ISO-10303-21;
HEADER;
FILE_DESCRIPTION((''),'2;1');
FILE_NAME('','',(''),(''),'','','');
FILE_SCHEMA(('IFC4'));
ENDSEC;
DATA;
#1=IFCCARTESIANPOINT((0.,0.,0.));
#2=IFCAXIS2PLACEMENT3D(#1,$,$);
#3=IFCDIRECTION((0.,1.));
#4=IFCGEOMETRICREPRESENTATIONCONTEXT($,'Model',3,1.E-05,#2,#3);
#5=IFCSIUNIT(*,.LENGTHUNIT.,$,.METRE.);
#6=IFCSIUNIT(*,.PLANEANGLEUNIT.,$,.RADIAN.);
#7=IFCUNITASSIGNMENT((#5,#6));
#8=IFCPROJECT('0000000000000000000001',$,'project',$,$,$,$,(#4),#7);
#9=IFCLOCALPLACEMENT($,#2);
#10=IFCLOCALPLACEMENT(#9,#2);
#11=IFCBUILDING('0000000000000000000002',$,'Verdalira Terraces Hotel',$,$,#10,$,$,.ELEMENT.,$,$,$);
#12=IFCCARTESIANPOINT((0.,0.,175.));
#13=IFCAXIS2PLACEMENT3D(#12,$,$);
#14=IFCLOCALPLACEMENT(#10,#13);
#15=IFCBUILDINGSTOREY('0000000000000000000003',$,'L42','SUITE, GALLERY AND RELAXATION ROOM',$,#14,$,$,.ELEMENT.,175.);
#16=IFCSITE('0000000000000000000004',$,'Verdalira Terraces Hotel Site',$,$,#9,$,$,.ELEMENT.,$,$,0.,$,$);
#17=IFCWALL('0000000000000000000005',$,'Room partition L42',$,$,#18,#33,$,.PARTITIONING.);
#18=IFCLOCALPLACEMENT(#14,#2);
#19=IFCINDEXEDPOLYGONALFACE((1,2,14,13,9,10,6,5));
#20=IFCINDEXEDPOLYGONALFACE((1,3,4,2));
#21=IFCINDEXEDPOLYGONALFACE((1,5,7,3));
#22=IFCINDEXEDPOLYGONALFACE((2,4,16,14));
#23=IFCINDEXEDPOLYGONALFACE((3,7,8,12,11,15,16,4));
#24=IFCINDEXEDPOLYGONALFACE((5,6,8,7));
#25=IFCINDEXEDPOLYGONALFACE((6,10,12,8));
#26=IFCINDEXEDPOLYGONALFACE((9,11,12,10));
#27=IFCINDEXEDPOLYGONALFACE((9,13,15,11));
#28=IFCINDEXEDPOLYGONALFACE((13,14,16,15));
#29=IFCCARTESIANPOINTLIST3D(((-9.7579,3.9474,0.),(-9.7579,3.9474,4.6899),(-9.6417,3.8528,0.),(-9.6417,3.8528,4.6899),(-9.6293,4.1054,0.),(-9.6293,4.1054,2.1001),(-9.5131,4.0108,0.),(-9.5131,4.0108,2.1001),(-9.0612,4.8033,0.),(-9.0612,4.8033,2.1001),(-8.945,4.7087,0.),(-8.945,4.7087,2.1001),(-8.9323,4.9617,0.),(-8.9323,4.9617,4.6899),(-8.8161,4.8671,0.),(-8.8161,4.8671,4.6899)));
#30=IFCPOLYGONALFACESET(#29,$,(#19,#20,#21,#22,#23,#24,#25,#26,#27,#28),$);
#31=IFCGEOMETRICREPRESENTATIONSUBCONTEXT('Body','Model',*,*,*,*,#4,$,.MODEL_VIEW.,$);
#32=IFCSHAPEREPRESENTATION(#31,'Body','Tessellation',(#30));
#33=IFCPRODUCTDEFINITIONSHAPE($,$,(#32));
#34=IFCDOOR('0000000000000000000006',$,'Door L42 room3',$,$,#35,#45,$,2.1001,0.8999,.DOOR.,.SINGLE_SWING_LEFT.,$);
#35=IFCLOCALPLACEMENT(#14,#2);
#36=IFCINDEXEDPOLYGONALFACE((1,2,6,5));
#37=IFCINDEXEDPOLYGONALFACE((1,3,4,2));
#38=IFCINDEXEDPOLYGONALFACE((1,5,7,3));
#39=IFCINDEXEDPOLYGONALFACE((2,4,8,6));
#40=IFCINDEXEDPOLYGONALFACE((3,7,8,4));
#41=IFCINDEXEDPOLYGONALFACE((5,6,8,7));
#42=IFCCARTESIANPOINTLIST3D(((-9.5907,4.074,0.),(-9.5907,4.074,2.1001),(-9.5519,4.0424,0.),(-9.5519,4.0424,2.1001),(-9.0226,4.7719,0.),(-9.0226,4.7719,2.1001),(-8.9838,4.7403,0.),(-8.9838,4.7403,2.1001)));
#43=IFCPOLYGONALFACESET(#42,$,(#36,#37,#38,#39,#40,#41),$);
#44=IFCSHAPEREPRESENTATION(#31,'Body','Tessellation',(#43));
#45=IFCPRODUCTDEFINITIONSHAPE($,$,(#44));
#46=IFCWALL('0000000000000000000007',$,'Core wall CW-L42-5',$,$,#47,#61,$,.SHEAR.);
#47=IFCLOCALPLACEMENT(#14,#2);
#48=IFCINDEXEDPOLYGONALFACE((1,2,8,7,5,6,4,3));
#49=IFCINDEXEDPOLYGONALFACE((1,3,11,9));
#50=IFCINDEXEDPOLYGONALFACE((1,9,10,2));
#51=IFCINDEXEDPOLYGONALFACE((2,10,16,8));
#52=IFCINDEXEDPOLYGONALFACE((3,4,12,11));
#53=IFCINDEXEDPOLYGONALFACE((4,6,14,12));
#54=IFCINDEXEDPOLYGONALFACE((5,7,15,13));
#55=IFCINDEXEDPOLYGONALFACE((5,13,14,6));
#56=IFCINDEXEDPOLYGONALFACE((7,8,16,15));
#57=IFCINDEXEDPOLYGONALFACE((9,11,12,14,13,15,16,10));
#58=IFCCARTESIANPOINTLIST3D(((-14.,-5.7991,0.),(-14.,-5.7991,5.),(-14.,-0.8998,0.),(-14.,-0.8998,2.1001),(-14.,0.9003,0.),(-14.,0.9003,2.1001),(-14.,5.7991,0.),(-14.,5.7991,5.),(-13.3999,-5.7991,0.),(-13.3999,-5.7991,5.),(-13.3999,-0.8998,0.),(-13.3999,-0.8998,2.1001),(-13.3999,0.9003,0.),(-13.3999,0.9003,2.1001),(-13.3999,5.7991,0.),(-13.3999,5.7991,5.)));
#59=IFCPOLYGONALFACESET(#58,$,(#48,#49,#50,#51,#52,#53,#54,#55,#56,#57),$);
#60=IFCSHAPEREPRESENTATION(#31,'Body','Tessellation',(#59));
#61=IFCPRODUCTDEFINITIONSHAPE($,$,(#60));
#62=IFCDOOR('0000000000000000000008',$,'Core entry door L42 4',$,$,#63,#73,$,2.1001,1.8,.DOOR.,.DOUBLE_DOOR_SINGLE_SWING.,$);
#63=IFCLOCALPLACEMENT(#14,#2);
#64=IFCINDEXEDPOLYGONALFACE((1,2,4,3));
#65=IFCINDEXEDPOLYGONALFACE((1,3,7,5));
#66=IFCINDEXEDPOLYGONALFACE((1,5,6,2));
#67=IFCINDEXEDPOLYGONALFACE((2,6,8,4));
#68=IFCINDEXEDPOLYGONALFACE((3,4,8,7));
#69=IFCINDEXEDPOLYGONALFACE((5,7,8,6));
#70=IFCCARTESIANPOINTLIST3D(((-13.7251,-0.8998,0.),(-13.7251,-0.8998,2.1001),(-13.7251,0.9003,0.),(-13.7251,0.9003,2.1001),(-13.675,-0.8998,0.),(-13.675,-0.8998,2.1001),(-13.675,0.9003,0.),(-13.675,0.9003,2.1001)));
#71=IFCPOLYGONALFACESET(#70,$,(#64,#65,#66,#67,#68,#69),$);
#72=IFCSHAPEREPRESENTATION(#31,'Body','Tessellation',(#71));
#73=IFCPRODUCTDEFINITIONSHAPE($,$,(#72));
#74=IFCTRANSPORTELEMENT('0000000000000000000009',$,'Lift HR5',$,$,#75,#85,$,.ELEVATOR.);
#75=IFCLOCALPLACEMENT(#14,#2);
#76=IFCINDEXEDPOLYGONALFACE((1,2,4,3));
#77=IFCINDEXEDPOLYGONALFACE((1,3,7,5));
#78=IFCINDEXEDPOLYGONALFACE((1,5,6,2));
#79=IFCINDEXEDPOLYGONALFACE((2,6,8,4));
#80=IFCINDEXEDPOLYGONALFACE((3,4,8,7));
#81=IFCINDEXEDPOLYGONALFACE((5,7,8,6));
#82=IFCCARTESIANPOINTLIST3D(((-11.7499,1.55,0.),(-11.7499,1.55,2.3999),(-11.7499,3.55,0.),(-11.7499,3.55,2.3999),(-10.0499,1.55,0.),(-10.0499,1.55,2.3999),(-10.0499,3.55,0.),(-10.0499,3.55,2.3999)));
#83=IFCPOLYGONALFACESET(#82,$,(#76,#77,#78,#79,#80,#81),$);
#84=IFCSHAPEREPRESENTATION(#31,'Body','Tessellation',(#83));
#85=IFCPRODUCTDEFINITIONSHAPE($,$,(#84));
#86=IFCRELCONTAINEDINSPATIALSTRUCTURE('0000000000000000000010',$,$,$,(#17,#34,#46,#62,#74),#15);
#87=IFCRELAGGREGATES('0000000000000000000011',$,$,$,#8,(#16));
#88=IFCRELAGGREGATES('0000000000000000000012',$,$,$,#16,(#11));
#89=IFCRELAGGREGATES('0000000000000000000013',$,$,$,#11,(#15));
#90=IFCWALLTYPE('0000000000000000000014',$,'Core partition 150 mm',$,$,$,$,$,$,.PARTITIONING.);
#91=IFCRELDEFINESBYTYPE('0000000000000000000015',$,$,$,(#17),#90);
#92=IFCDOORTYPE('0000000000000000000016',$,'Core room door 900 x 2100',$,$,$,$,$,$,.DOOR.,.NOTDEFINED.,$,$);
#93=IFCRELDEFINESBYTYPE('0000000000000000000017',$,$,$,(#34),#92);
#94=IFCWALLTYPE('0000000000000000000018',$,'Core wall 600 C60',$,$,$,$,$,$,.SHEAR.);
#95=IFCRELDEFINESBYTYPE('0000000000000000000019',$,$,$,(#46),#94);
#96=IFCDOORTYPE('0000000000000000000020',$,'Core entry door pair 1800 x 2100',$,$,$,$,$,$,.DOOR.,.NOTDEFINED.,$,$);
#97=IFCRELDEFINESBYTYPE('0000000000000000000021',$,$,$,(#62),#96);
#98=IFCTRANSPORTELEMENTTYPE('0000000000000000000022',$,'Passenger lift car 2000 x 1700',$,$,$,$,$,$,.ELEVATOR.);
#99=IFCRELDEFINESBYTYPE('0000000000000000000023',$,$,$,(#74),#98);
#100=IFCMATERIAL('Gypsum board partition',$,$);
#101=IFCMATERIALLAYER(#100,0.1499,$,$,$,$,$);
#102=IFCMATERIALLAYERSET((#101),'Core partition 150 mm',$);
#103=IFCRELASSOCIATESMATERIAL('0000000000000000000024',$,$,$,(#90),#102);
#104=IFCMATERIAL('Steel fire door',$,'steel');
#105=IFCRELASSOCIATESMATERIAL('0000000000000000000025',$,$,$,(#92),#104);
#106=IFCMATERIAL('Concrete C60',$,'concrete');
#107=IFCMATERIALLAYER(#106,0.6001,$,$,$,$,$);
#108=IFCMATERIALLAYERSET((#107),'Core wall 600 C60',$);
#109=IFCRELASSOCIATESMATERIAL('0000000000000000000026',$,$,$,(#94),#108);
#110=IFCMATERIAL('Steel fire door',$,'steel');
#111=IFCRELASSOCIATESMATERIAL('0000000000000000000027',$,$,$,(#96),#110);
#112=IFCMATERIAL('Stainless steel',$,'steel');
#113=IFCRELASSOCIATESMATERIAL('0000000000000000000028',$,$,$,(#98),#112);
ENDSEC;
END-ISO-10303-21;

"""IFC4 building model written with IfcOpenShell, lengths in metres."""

from ifc_helpers import new_model, si_unit, direction, frame, frame_2d, origin, origin_2d, place, context, subcontext, project, spatial, rectangle, extrude, material, layer, layer_set, type_object, element, fill, save


model = new_model("IFC4")

# Units and contexts
model_context = context("Model", 3, precision=1e-05, world=origin(), true_north=direction((0.0, 1.0)))
body_context = subcontext(model_context, "Body", "Model", "MODEL_VIEW")
ifc_project = project(units=[si_unit("LENGTHUNIT", "METRE"), si_unit("PLANEANGLEUNIT", "RADIAN")], contexts=[model_context])

# Site, building, storey
site_placement = place(None, origin())
site = spatial("IfcSite", under=ifc_project, at=site_placement, Name="Verdalira Terraces Hotel Site", CompositionType="ELEMENT", RefElevation=0.0)
building_placement = place(site_placement, origin())
building = spatial("IfcBuilding", under=site, at=building_placement, Name="Verdalira Terraces Hotel", CompositionType="ELEMENT")
storey_placement = place(building_placement, frame((0.0, 0.0, 175.0)))
storey = spatial("IfcBuildingStorey", under=building, at=storey_placement, Name="L42", Description="SUITE, GALLERY AND RELAXATION ROOM", CompositionType="ELEMENT", Elevation=175.0)

# Walls, openings, doors
ifc_material_1 = material(Name="Gypsum board partition")
ifc_layer_1 = layer(ifc_material_1, 0.1499)
ifc_layer_set_1 = layer_set([ifc_layer_1], Name="Core partition 150 mm")
wall_type_1 = type_object("IfcWallType", Name="Core partition 150 mm", PredefinedType="PARTITIONING", material=ifc_layer_set_1)
wall_1_placement = place(storey_placement, frame((-8.8743, 4.9143, 0.0), z_axis=(0.0, 0.0, 1.0), x_axis=(-0.631274, -0.77556, 0.0)))
wall_1 = element("IfcWall", 1, at=wall_1_placement, inside=storey, type_object=wall_type_1, Name="Room partition L42", PredefinedType="PARTITIONING", context=body_context, shape_type="SweptSolid", body=[
    extrude(rectangle(XDim=1.3079, YDim=0.1499, at=frame_2d((0.6538, 0.0))), origin(), (0.0, 0.0, 1.0), 4.6899),
])
opening_1_placement = place(wall_1_placement, frame((0.2041, 0.0, 0.0)))
opening_1 = element("IfcOpeningElement", 2, at=opening_1_placement, cuts=wall_1, PredefinedType="OPENING", context=body_context, shape_type="SweptSolid", body=[
    extrude(rectangle(XDim=0.8999, YDim=2.1001, at=frame_2d((0.45, 1.05))), frame((0.0, 0.085, 0.0), z_axis=(0.0, -1.0, 0.0), x_axis=(1.0, 0.0, 0.0)), (0.0, 0.0, 1.0), 0.1699),
])
ifc_material_2 = material(Name="Steel fire door", Category="steel")
door_type_1 = type_object("IfcDoorType", Name="Core room door 900 x 2100", OperationType="NOTDEFINED", PredefinedType="DOOR", material=ifc_material_2)
door_1_placement = place(opening_1_placement, origin())
door_1 = element("IfcDoor", 3, at=door_1_placement, inside=storey, type_object=door_type_1, Name="Door L42 room3", OperationType="SINGLE_SWING_LEFT", OverallHeight=2.1001, OverallWidth=0.8999, PredefinedType="DOOR", context=body_context, shape_type="SweptSolid", body=[
    extrude(rectangle(XDim=0.8999, YDim=2.1001, at=frame_2d((0.45, 1.05))), frame((0.0, 0.0249, 0.0), z_axis=(0.0, -1.0, 0.0), x_axis=(1.0, 0.0, 0.0)), (0.0, 0.0, 1.0), 0.05),
])
fill(opening_1, door_1)
ifc_material_3 = material(Name="Concrete C60", Category="concrete")
ifc_layer_2 = layer(ifc_material_3, 0.6001)
ifc_layer_set_2 = layer_set([ifc_layer_2], Name="Core wall 600 C60")
wall_type_2 = type_object("IfcWallType", Name="Core wall 600 C60", PredefinedType="SHEAR", material=ifc_layer_set_2)
wall_2_placement = place(storey_placement, frame((-13.7, 5.7991, 0.0), z_axis=(0.0, 0.0, 1.0), x_axis=(0.0, -1.0, 0.0)))
wall_2 = element("IfcWall", 4, at=wall_2_placement, inside=storey, type_object=wall_type_2, Name="Core wall CW-L42-5", PredefinedType="SHEAR", context=body_context, shape_type="SweptSolid", body=[
    extrude(rectangle(XDim=11.5981, YDim=0.6001, at=frame_2d((5.7991, 0.0))), origin(), (0.0, 0.0, 1.0), 5.0),
])
opening_2_placement = place(wall_2_placement, frame((4.8989, 0.0, 0.0)))
opening_2 = element("IfcOpeningElement", 5, at=opening_2_placement, cuts=wall_2, PredefinedType="OPENING", context=body_context, shape_type="SweptSolid", body=[
    extrude(rectangle(XDim=1.8, YDim=2.1001, at=frame_2d((0.8999, 1.05))), frame((0.0, 0.3101, 0.0), z_axis=(0.0, -1.0, 0.0), x_axis=(1.0, 0.0, 0.0)), (0.0, 0.0, 1.0), 0.6201),
])
ifc_material_4 = material(Name="Steel fire door", Category="steel")
door_type_2 = type_object("IfcDoorType", Name="Core entry door pair 1800 x 2100", OperationType="NOTDEFINED", PredefinedType="DOOR", material=ifc_material_4)
door_2_placement = place(opening_2_placement, origin())
door_2 = element("IfcDoor", 6, at=door_2_placement, inside=storey, type_object=door_type_2, Name="Core entry door L42 4", OperationType="DOUBLE_DOOR_SINGLE_SWING", OverallHeight=2.1001, OverallWidth=1.8, PredefinedType="DOOR", context=body_context, shape_type="SweptSolid", body=[
    extrude(rectangle(XDim=1.8, YDim=2.1001, at=frame_2d((0.8999, 1.05))), frame((0.0, 0.0249, 0.0), z_axis=(0.0, -1.0, 0.0), x_axis=(1.0, 0.0, 0.0)), (0.0, 0.0, 1.0), 0.05),
])
fill(opening_2, door_2)

# Transport element
ifc_material_5 = material(Name="Stainless steel", Category="steel")
transport_element_type = type_object("IfcTransportElementType", Name="Passenger lift car 2000 x 1700", PredefinedType="ELEVATOR", material=ifc_material_5)
transport_element_placement = place(storey_placement, frame((-10.8999, 2.55, 0.0), z_axis=(0.0, 0.0, 1.0), x_axis=(0.0, -1.0, 0.0)))
element("IfcTransportElement", 7, at=transport_element_placement, inside=storey, type_object=transport_element_type, Name="Lift HR5", PredefinedType="ELEVATOR", context=body_context, shape_type="SweptSolid", body=[
    extrude(rectangle(XDim=2.0, YDim=1.7, at=origin_2d()), origin(), (0.0, 0.0, 1.0), 2.3999),
])

save(model, "model.ifc")
